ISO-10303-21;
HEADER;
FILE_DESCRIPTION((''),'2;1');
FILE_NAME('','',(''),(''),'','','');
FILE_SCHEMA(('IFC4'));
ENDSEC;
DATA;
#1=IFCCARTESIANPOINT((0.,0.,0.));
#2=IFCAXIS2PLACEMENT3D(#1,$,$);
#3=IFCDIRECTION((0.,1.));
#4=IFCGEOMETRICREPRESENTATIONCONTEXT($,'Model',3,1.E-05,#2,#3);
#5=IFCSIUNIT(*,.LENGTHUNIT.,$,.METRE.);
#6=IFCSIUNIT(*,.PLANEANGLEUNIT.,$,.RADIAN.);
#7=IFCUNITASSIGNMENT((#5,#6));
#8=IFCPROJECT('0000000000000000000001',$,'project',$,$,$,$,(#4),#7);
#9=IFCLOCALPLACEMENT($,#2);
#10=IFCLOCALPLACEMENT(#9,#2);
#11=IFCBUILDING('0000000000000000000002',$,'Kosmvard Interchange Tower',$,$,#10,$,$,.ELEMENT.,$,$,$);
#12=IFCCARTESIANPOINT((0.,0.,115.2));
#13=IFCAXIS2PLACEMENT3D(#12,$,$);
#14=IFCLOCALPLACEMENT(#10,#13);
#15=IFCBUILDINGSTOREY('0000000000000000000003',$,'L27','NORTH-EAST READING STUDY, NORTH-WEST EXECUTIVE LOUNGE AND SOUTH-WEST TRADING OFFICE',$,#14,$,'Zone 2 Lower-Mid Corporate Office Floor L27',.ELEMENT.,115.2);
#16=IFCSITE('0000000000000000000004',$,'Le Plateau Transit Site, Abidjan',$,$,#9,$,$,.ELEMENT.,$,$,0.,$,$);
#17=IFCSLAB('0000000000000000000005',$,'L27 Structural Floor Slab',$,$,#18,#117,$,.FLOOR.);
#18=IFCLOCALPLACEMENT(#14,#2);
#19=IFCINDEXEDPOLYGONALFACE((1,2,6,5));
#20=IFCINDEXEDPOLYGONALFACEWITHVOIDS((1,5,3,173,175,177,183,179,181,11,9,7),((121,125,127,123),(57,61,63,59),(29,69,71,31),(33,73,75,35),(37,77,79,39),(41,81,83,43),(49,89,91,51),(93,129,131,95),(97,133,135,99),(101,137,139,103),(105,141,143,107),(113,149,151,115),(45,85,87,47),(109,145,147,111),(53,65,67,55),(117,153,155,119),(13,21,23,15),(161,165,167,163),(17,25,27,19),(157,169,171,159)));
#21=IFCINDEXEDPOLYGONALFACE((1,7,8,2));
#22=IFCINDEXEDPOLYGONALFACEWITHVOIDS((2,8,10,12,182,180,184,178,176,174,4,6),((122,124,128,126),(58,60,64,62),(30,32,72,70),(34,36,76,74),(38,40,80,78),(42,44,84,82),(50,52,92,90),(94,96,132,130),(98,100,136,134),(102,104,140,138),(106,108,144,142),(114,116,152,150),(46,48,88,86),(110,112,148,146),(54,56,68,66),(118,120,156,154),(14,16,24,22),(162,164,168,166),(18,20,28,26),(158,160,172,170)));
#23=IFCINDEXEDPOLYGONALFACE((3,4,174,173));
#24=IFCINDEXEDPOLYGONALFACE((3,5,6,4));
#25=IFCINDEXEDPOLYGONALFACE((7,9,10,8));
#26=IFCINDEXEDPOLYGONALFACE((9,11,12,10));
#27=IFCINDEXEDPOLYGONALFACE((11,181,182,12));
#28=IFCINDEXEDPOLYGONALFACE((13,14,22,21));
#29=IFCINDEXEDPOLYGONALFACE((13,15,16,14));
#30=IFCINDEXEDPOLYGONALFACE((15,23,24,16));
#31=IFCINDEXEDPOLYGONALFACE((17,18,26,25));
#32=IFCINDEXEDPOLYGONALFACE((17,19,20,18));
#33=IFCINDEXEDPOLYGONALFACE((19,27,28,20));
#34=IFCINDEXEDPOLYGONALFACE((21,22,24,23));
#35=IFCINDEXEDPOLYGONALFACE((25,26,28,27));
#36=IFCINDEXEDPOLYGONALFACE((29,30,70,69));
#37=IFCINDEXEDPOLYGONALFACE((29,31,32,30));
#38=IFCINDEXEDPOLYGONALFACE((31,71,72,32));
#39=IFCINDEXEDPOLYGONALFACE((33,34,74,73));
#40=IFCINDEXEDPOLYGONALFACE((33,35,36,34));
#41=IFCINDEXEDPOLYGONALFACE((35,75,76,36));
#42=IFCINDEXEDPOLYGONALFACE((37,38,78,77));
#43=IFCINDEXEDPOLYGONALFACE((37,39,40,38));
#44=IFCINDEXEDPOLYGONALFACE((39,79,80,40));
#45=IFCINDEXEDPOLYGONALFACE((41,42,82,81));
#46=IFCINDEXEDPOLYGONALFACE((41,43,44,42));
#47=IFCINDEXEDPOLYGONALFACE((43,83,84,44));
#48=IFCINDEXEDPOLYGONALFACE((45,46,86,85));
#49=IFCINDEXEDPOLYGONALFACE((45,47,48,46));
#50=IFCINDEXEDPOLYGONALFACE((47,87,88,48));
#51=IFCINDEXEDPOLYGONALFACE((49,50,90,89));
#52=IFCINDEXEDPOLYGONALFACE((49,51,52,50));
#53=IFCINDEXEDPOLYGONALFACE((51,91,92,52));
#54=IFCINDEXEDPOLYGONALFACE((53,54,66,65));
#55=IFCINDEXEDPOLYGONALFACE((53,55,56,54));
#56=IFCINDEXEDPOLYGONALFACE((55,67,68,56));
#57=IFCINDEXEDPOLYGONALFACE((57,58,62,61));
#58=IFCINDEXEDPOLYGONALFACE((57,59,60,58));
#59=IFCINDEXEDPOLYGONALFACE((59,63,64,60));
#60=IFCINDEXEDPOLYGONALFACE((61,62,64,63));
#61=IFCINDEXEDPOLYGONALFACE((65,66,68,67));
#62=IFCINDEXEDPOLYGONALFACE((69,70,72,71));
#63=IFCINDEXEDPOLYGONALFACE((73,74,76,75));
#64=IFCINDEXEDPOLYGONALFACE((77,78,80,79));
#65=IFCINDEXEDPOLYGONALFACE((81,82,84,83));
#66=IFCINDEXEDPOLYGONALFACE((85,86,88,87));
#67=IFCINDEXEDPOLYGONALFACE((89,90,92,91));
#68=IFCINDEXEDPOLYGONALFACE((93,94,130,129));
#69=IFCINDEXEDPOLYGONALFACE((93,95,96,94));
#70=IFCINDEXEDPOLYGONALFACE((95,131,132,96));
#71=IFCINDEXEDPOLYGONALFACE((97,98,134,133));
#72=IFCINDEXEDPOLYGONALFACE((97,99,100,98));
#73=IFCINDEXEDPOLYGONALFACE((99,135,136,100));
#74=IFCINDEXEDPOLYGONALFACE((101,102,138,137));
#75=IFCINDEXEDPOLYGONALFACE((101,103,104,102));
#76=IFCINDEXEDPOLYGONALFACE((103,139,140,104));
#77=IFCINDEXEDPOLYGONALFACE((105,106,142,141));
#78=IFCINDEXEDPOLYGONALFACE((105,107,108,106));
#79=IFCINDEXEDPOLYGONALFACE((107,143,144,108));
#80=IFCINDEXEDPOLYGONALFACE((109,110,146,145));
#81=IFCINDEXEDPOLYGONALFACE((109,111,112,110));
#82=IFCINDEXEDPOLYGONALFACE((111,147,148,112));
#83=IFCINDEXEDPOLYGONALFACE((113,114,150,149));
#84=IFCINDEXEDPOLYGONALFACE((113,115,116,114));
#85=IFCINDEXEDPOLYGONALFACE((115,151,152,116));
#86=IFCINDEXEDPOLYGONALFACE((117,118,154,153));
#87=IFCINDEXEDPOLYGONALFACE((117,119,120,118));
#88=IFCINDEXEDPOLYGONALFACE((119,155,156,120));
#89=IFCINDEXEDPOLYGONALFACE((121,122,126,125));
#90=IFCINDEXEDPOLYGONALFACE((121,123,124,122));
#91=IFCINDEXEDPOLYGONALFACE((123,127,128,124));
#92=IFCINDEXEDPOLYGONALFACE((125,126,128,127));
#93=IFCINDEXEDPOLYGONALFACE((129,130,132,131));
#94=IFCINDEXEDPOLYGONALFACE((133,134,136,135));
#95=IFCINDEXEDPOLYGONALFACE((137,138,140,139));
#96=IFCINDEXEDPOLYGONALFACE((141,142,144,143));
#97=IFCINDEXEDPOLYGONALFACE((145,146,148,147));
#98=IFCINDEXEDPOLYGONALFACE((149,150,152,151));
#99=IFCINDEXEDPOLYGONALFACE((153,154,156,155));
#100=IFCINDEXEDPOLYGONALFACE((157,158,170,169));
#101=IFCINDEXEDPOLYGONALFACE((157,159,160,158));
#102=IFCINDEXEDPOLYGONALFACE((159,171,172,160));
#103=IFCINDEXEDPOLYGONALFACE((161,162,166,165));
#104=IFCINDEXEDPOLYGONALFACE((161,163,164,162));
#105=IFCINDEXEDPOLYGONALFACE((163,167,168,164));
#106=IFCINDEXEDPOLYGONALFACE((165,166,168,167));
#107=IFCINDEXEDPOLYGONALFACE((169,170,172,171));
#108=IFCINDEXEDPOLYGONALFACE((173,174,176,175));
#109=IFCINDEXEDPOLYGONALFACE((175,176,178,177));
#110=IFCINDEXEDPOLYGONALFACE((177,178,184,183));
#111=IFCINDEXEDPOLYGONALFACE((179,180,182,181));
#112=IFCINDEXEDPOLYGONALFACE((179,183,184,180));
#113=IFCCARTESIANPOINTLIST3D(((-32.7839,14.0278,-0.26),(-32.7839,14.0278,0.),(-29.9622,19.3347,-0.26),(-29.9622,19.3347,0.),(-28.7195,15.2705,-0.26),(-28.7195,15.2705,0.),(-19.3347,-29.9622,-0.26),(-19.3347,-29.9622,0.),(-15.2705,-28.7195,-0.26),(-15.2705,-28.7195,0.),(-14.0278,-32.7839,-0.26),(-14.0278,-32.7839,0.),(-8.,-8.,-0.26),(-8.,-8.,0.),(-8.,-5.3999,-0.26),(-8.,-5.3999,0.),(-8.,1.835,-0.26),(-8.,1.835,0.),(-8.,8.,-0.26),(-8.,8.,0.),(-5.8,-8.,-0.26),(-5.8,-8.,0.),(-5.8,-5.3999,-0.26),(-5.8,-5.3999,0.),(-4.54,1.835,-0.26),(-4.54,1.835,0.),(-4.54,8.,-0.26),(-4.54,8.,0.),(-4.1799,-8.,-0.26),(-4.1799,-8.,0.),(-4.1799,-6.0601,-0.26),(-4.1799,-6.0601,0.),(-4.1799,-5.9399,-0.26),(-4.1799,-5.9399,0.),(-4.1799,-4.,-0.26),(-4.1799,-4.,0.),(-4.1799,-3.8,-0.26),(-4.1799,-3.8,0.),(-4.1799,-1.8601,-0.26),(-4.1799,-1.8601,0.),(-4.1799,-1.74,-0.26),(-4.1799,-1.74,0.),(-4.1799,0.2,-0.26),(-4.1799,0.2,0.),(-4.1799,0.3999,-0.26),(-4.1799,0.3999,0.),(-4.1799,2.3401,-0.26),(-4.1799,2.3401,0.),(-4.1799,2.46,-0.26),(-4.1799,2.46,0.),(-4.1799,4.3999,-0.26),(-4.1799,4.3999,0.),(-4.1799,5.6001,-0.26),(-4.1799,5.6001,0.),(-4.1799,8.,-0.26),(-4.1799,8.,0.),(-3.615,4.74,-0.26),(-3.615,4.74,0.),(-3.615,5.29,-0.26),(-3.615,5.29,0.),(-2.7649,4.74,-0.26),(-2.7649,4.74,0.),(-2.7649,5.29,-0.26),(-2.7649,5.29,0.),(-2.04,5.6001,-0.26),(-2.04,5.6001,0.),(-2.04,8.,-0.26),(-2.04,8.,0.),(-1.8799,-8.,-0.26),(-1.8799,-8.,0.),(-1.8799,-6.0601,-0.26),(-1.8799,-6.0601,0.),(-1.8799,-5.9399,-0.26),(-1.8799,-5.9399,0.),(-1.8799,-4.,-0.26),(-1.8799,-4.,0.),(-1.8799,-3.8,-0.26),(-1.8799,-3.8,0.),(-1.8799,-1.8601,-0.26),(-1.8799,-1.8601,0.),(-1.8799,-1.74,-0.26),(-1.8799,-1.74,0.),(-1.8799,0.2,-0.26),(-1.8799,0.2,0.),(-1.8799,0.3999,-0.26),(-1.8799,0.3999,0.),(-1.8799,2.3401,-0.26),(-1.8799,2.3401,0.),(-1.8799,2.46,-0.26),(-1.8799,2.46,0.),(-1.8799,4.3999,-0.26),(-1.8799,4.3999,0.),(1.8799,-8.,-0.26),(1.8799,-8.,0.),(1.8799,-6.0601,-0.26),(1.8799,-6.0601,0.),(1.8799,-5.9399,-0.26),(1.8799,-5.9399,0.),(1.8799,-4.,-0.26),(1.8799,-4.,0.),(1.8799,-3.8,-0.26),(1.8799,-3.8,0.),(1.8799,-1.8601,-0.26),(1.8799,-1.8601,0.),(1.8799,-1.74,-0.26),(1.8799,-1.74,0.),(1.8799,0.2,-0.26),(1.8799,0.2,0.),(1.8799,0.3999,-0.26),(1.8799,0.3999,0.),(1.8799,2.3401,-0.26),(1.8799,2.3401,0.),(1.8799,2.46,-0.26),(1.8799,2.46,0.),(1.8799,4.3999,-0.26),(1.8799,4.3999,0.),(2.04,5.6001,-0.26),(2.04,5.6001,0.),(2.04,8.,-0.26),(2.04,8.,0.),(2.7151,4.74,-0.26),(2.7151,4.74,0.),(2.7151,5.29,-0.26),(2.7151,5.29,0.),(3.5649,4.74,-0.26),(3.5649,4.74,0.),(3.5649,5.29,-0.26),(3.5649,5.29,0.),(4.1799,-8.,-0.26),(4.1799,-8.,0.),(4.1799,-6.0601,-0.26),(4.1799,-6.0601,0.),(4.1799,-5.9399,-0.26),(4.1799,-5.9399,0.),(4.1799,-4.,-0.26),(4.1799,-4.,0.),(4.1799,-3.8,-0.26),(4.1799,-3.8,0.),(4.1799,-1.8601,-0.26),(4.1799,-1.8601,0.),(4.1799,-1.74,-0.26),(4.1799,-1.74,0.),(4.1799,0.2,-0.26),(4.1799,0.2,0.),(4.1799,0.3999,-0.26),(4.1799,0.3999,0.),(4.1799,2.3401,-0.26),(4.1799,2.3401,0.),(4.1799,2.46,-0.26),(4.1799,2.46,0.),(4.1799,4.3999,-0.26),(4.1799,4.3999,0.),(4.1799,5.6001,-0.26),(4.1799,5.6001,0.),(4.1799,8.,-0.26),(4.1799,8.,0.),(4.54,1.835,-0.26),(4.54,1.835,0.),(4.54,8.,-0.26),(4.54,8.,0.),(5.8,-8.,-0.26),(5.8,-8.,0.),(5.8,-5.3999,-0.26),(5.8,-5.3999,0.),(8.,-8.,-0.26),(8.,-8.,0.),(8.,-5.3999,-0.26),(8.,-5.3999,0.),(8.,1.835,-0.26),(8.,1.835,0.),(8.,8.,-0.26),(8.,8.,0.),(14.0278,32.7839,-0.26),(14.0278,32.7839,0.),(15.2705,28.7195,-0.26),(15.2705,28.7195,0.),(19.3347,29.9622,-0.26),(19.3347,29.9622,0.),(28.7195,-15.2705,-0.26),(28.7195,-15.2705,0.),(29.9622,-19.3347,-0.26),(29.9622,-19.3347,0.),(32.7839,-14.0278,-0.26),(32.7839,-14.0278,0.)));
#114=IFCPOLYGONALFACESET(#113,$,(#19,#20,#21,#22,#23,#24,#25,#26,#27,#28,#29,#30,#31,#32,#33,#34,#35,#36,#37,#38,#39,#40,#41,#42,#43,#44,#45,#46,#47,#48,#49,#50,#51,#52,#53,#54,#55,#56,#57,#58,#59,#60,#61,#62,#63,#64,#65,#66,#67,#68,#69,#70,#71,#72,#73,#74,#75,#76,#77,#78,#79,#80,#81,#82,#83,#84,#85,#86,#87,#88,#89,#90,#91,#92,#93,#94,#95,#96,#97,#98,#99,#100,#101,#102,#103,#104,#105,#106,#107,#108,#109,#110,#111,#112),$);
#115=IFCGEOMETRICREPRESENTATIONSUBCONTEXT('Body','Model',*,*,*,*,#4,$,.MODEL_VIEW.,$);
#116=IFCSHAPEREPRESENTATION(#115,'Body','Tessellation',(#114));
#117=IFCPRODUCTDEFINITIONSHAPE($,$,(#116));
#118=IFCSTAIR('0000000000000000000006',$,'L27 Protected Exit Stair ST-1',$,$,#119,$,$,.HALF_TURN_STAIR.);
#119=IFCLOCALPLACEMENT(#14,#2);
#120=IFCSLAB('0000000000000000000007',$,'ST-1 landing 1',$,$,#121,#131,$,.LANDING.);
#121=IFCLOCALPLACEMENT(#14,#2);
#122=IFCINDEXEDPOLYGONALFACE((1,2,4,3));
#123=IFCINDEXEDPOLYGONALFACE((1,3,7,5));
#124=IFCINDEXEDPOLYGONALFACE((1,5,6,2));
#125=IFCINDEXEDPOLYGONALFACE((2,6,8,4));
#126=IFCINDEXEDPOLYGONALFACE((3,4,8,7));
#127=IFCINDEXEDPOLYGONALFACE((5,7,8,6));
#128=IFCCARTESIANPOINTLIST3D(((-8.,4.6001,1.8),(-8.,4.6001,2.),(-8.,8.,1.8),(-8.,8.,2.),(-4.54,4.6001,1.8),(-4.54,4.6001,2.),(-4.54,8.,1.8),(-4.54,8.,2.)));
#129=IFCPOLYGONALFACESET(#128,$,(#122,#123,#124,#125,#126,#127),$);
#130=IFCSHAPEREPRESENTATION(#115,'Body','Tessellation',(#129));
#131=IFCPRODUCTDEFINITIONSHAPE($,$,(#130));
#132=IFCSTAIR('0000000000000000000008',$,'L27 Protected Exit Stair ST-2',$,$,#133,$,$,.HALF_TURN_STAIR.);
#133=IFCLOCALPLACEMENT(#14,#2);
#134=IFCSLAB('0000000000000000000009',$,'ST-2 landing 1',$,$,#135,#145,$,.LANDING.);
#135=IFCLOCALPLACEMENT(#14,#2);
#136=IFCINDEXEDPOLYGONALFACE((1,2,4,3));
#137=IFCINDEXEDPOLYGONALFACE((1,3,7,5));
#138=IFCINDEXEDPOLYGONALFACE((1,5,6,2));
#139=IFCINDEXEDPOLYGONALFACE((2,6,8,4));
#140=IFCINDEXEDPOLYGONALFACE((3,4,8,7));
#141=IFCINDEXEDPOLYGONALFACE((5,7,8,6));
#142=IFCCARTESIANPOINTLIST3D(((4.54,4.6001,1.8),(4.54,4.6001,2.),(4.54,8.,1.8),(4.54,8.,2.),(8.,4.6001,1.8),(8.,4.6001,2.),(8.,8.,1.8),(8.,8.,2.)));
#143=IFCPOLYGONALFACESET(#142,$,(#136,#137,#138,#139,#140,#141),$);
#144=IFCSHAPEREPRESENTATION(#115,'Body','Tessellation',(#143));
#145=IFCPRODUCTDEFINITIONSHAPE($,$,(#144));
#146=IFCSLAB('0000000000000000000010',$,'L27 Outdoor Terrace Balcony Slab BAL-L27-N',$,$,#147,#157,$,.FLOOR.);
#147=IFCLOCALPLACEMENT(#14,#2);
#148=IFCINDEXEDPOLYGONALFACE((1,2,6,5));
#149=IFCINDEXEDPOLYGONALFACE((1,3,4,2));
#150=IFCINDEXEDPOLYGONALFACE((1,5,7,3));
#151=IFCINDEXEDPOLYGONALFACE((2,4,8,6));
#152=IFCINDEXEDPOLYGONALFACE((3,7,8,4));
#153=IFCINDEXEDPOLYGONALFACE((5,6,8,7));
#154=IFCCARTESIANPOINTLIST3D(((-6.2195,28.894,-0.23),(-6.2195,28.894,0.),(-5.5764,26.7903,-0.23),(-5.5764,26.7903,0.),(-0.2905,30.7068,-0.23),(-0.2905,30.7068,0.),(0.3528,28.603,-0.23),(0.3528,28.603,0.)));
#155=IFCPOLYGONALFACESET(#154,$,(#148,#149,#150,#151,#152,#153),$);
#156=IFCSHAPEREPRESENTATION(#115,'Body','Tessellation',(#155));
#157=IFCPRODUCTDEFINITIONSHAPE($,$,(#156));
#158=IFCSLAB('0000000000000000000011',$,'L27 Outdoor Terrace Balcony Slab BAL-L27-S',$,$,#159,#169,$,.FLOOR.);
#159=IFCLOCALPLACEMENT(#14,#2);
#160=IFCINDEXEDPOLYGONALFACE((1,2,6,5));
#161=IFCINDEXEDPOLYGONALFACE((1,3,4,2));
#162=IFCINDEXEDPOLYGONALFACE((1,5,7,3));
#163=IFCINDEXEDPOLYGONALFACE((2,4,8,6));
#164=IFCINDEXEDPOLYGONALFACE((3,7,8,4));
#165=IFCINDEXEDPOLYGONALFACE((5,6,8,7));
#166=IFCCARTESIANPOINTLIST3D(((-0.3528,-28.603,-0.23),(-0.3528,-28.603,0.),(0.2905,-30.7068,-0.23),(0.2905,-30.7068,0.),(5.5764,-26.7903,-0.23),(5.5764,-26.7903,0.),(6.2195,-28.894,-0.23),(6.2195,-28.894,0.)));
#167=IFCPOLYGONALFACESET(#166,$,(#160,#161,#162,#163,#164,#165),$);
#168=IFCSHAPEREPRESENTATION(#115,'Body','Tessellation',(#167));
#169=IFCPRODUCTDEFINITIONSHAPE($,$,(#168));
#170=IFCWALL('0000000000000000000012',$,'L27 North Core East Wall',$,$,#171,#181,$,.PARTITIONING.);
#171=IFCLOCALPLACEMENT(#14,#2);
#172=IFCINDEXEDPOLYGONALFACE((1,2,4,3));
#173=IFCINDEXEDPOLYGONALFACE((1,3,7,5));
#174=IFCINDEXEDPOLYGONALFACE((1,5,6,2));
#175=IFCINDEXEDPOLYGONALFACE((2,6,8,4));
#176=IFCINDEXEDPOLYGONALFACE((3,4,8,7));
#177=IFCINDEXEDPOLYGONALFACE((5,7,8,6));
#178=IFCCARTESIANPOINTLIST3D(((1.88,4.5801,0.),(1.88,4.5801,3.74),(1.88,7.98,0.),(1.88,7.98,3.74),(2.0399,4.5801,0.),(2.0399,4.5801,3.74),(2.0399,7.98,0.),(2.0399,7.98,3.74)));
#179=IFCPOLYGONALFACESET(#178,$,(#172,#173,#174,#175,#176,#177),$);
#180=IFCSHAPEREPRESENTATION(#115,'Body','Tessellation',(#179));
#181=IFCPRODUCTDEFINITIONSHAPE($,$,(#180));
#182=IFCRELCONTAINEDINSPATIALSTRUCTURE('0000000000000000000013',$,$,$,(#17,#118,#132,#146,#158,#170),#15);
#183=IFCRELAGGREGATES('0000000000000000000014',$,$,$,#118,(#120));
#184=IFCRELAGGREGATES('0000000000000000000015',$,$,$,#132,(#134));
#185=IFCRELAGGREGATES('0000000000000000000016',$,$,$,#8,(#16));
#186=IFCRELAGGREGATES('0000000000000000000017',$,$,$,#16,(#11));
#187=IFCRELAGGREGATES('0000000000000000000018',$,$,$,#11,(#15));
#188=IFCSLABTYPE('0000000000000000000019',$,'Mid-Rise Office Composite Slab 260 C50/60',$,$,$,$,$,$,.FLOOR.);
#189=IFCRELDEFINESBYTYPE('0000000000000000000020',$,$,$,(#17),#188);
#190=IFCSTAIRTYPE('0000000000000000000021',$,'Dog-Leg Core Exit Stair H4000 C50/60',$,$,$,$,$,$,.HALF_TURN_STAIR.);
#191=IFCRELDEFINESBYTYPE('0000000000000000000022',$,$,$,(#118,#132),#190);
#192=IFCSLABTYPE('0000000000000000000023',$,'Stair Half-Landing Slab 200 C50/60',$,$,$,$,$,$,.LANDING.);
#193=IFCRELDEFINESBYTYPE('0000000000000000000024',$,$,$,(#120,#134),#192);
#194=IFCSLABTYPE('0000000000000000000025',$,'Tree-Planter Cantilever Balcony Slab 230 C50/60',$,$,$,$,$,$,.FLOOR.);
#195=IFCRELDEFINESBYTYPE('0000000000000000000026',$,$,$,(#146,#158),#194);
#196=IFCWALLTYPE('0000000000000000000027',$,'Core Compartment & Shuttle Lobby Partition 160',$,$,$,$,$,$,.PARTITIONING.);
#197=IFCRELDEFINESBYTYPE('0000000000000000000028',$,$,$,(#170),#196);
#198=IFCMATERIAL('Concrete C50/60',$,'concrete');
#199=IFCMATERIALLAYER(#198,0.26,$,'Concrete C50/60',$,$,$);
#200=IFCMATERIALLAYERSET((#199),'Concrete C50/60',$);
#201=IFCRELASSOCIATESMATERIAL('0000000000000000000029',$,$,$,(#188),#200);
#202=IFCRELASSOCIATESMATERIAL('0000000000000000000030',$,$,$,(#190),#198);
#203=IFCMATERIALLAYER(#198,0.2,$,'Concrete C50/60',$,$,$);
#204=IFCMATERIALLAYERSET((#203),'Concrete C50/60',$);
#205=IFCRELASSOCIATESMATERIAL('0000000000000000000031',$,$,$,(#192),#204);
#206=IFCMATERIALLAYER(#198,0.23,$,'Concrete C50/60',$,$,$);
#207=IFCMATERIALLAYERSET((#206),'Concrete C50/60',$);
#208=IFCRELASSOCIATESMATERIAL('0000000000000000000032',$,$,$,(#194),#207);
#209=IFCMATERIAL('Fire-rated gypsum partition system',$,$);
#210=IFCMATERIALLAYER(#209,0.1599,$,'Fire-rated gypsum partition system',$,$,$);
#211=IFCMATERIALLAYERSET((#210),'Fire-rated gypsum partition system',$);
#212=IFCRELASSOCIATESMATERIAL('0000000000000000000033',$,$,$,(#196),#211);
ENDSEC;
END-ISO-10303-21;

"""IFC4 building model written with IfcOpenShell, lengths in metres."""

from ifc_helpers import new_model, si_unit, direction, frame, frame_2d, origin, place, context, subcontext, project, spatial, polyline, rectangle, outline, extrude, material, layer, layer_set, type_object, element, aggregate, save


model = new_model("IFC4")

# Units and contexts
model_context = context("Model", 3, precision=1e-05, world=origin(), true_north=direction((0.0, 1.0)))
body_context = subcontext(model_context, "Body", "Model", "MODEL_VIEW")
ifc_project = project(units=[si_unit("LENGTHUNIT", "METRE"), si_unit("PLANEANGLEUNIT", "RADIAN")], contexts=[model_context])

# Site, building, storey
site_placement = place(None, origin())
site = spatial("IfcSite", under=ifc_project, at=site_placement, Name="Le Plateau Transit Site, Abidjan", CompositionType="ELEMENT", RefElevation=0.0)
building_placement = place(site_placement, origin())
building = spatial("IfcBuilding", under=site, at=building_placement, Name="Kosmvard Interchange Tower", CompositionType="ELEMENT")
storey_placement = place(building_placement, frame((0.0, 0.0, 115.2)))
storey = spatial("IfcBuildingStorey", under=building, at=storey_placement, Name="L27", Description="NORTH-EAST READING STUDY, NORTH-WEST EXECUTIVE LOUNGE AND SOUTH-WEST TRADING OFFICE", LongName="Zone 2 Lower-Mid Corporate Office Floor L27", CompositionType="ELEMENT", Elevation=115.2)

# Slab
ifc_material_1 = material(Name="Concrete C50/60", Category="concrete")
ifc_layer_1 = layer(ifc_material_1, 0.26, Name="Concrete C50/60")
ifc_layer_set_1 = layer_set([ifc_layer_1], Name="Concrete C50/60")
slab_type_1 = type_object("IfcSlabType", Name="Mid-Rise Office Composite Slab 260 C50/60", PredefinedType="FLOOR", material=ifc_layer_set_1)
slab_1_placement = place(storey_placement, frame((0.0, 0.0, -0.26)))
element("IfcSlab", 1, at=slab_1_placement, inside=storey, type_object=slab_type_1, Name="L27 Structural Floor Slab", PredefinedType="FLOOR", context=body_context, shape_type="SweptSolid", body=[
    extrude(outline(polyline([(-14.0278, -32.7839), (29.9622, -19.3347), (28.7195, -15.2705), (32.7839, -14.0278), (19.3347, 29.9622), (15.2705, 28.7195), (14.0278, 32.7839), (-29.9622, 19.3347), (-28.7195, 15.2705), (-32.7839, 14.0278), (-19.3347, -29.9622), (-15.2705, -28.7195), (-14.0278, -32.7839)]), holes=[polyline([(-8.0, 1.835), (-4.54, 1.835), (-4.54, 8.0), (-8.0, 8.0), (-8.0, 1.835)]), polyline([(4.54, 1.835), (8.0, 1.835), (8.0, 8.0), (4.54, 8.0), (4.54, 1.835)]), polyline([(-8.0, -8.0), (-5.8, -8.0), (-5.8, -5.3999), (-8.0, -5.3999), (-8.0, -8.0)]), polyline([(5.8, -8.0), (8.0, -8.0), (8.0, -5.3999), (5.8, -5.3999), (5.8, -8.0)]), polyline([(-4.1799, -8.0), (-1.8799, -8.0), (-1.8799, -6.0601), (-4.1799, -6.0601), (-4.1799, -8.0)]), polyline([(-4.1799, -5.9399), (-1.8799, -5.9399), (-1.8799, -4.0), (-4.1799, -4.0), (-4.1799, -5.9399)]), polyline([(1.8799, -8.0), (4.1799, -8.0), (4.1799, -6.0601), (1.8799, -6.0601), (1.8799, -8.0)]), polyline([(1.8799, -5.9399), (4.1799, -5.9399), (4.1799, -4.0), (1.8799, -4.0), (1.8799, -5.9399)]), polyline([(-4.1799, -3.8), (-1.8799, -3.8), (-1.8799, -1.8601), (-4.1799, -1.8601), (-4.1799, -3.8)]), polyline([(-4.1799, -1.74), (-1.8799, -1.74), (-1.8799, 0.2), (-4.1799, 0.2), (-4.1799, -1.74)]), polyline([(1.8799, -3.8), (4.1799, -3.8), (4.1799, -1.8601), (1.8799, -1.8601), (1.8799, -3.8)]), polyline([(1.8799, -1.74), (4.1799, -1.74), (4.1799, 0.2), (1.8799, 0.2), (1.8799, -1.74)]), polyline([(-4.1799, 0.3999), (-1.8799, 0.3999), (-1.8799, 2.3401), (-4.1799, 2.3401), (-4.1799, 0.3999)]), polyline([(-4.1799, 2.46), (-1.8799, 2.46), (-1.8799, 4.3999), (-4.1799, 4.3999), (-4.1799, 2.46)]), polyline([(1.8799, 0.3999), (4.1799, 0.3999), (4.1799, 2.3401), (1.8799, 2.3401), (1.8799, 0.3999)]), polyline([(1.8799, 2.46), (4.1799, 2.46), (4.1799, 4.3999), (1.8799, 4.3999), (1.8799, 2.46)]), polyline([(-4.1799, 5.6001), (-2.04, 5.6001), (-2.04, 8.0), (-4.1799, 8.0), (-4.1799, 5.6001)]), polyline([(2.04, 5.6001), (4.1799, 5.6001), (4.1799, 8.0), (2.04, 8.0), (2.04, 5.6001)]), polyline([(-3.615, 4.74), (-2.7649, 4.74), (-2.7649, 5.29), (-3.615, 5.29), (-3.615, 4.74)]), polyline([(2.7151, 4.74), (3.5649, 4.74), (3.5649, 5.29), (2.7151, 5.29), (2.7151, 4.74)])]), origin(), (0.0, 0.0, 1.0), 0.26),
])

# Stairs, slabs
stair_type = type_object("IfcStairType", Name="Dog-Leg Core Exit Stair H4000 C50/60", PredefinedType="HALF_TURN_STAIR", material=ifc_material_1)
stair_1_placement = place(storey_placement, origin())
stair_1 = element("IfcStair", 2, at=stair_1_placement, inside=storey, type_object=stair_type, Name="L27 Protected Exit Stair ST-1", PredefinedType="HALF_TURN_STAIR")
ifc_layer_2 = layer(ifc_material_1, 0.2, Name="Concrete C50/60")
ifc_layer_set_2 = layer_set([ifc_layer_2], Name="Concrete C50/60")
slab_type_2 = type_object("IfcSlabType", Name="Stair Half-Landing Slab 200 C50/60", PredefinedType="LANDING", material=ifc_layer_set_2)
slab_2_placement = place(storey_placement, frame((0.0, 0.0, 1.8)))
slab_2 = element("IfcSlab", 3, at=slab_2_placement, type_object=slab_type_2, Name="ST-1 landing 1", PredefinedType="LANDING", context=body_context, shape_type="SweptSolid", body=[
    extrude(outline(polyline([(-4.54, 4.6001), (-4.54, 8.0), (-8.0, 8.0), (-8.0, 4.6001), (-4.54, 4.6001)])), origin(), (0.0, 0.0, 1.0), 0.2),
])
aggregate(stair_1, [slab_2])
stair_2_placement = place(storey_placement, origin())
stair_2 = element("IfcStair", 4, at=stair_2_placement, inside=storey, type_object=stair_type, Name="L27 Protected Exit Stair ST-2", PredefinedType="HALF_TURN_STAIR")
slab_3_placement = place(storey_placement, frame((0.0, 0.0, 1.8)))
slab_3 = element("IfcSlab", 5, at=slab_3_placement, type_object=slab_type_2, Name="ST-2 landing 1", PredefinedType="LANDING", context=body_context, shape_type="SweptSolid", body=[
    extrude(outline(polyline([(8.0, 4.6001), (8.0, 8.0), (4.54, 8.0), (4.54, 4.6001), (8.0, 4.6001)])), origin(), (0.0, 0.0, 1.0), 0.2),
])

# Slabs
ifc_layer_3 = layer(ifc_material_1, 0.23, Name="Concrete C50/60")
ifc_layer_set_3 = layer_set([ifc_layer_3], Name="Concrete C50/60")
slab_type_3 = type_object("IfcSlabType", Name="Tree-Planter Cantilever Balcony Slab 230 C50/60", PredefinedType="FLOOR", material=ifc_layer_set_3)
slab_4_placement = place(storey_placement, frame((0.0, 0.0, -0.23)))
element("IfcSlab", 6, at=slab_4_placement, inside=storey, type_object=slab_type_3, Name="L27 Outdoor Terrace Balcony Slab BAL-L27-N", PredefinedType="FLOOR", context=body_context, shape_type="SweptSolid", body=[
    extrude(outline(polyline([(-5.5764, 26.7903), (0.3528, 28.603), (-0.2905, 30.7068), (-6.2195, 28.894), (-5.5764, 26.7903)])), origin(), (0.0, 0.0, 1.0), 0.23),
])
slab_5_placement = place(storey_placement, frame((0.0, 0.0, -0.23)))
element("IfcSlab", 7, at=slab_5_placement, inside=storey, type_object=slab_type_3, Name="L27 Outdoor Terrace Balcony Slab BAL-L27-S", PredefinedType="FLOOR", context=body_context, shape_type="SweptSolid", body=[
    extrude(outline(polyline([(0.2905, -30.7068), (6.2195, -28.894), (5.5764, -26.7903), (-0.3528, -28.603), (0.2905, -30.7068)])), origin(), (0.0, 0.0, 1.0), 0.23),
])

# Wall
ifc_material_2 = material(Name="Fire-rated gypsum partition system")
ifc_layer_4 = layer(ifc_material_2, 0.1599, Name="Fire-rated gypsum partition system")
ifc_layer_set_4 = layer_set([ifc_layer_4], Name="Fire-rated gypsum partition system")
wall_type_1 = type_object("IfcWallType", Name="Core Compartment & Shuttle Lobby Partition 160", PredefinedType="PARTITIONING", material=ifc_layer_set_4)
wall_1_placement = place(storey_placement, frame((1.96, 4.5801, 0.0), z_axis=(0.0, 0.0, 1.0), x_axis=(0.0, 1.0, 0.0)))
element("IfcWall", 8, at=wall_1_placement, inside=storey, type_object=wall_type_1, Name="L27 North Core East Wall", PredefinedType="PARTITIONING", context=body_context, shape_type="SweptSolid", body=[
    extrude(rectangle(XDim=3.3999, YDim=0.1599, at=frame_2d((1.7, 0.0))), origin(), (0.0, 0.0, 1.0), 3.74),
])

aggregate(stair_2, [slab_3])

save(model, "model.ifc")
